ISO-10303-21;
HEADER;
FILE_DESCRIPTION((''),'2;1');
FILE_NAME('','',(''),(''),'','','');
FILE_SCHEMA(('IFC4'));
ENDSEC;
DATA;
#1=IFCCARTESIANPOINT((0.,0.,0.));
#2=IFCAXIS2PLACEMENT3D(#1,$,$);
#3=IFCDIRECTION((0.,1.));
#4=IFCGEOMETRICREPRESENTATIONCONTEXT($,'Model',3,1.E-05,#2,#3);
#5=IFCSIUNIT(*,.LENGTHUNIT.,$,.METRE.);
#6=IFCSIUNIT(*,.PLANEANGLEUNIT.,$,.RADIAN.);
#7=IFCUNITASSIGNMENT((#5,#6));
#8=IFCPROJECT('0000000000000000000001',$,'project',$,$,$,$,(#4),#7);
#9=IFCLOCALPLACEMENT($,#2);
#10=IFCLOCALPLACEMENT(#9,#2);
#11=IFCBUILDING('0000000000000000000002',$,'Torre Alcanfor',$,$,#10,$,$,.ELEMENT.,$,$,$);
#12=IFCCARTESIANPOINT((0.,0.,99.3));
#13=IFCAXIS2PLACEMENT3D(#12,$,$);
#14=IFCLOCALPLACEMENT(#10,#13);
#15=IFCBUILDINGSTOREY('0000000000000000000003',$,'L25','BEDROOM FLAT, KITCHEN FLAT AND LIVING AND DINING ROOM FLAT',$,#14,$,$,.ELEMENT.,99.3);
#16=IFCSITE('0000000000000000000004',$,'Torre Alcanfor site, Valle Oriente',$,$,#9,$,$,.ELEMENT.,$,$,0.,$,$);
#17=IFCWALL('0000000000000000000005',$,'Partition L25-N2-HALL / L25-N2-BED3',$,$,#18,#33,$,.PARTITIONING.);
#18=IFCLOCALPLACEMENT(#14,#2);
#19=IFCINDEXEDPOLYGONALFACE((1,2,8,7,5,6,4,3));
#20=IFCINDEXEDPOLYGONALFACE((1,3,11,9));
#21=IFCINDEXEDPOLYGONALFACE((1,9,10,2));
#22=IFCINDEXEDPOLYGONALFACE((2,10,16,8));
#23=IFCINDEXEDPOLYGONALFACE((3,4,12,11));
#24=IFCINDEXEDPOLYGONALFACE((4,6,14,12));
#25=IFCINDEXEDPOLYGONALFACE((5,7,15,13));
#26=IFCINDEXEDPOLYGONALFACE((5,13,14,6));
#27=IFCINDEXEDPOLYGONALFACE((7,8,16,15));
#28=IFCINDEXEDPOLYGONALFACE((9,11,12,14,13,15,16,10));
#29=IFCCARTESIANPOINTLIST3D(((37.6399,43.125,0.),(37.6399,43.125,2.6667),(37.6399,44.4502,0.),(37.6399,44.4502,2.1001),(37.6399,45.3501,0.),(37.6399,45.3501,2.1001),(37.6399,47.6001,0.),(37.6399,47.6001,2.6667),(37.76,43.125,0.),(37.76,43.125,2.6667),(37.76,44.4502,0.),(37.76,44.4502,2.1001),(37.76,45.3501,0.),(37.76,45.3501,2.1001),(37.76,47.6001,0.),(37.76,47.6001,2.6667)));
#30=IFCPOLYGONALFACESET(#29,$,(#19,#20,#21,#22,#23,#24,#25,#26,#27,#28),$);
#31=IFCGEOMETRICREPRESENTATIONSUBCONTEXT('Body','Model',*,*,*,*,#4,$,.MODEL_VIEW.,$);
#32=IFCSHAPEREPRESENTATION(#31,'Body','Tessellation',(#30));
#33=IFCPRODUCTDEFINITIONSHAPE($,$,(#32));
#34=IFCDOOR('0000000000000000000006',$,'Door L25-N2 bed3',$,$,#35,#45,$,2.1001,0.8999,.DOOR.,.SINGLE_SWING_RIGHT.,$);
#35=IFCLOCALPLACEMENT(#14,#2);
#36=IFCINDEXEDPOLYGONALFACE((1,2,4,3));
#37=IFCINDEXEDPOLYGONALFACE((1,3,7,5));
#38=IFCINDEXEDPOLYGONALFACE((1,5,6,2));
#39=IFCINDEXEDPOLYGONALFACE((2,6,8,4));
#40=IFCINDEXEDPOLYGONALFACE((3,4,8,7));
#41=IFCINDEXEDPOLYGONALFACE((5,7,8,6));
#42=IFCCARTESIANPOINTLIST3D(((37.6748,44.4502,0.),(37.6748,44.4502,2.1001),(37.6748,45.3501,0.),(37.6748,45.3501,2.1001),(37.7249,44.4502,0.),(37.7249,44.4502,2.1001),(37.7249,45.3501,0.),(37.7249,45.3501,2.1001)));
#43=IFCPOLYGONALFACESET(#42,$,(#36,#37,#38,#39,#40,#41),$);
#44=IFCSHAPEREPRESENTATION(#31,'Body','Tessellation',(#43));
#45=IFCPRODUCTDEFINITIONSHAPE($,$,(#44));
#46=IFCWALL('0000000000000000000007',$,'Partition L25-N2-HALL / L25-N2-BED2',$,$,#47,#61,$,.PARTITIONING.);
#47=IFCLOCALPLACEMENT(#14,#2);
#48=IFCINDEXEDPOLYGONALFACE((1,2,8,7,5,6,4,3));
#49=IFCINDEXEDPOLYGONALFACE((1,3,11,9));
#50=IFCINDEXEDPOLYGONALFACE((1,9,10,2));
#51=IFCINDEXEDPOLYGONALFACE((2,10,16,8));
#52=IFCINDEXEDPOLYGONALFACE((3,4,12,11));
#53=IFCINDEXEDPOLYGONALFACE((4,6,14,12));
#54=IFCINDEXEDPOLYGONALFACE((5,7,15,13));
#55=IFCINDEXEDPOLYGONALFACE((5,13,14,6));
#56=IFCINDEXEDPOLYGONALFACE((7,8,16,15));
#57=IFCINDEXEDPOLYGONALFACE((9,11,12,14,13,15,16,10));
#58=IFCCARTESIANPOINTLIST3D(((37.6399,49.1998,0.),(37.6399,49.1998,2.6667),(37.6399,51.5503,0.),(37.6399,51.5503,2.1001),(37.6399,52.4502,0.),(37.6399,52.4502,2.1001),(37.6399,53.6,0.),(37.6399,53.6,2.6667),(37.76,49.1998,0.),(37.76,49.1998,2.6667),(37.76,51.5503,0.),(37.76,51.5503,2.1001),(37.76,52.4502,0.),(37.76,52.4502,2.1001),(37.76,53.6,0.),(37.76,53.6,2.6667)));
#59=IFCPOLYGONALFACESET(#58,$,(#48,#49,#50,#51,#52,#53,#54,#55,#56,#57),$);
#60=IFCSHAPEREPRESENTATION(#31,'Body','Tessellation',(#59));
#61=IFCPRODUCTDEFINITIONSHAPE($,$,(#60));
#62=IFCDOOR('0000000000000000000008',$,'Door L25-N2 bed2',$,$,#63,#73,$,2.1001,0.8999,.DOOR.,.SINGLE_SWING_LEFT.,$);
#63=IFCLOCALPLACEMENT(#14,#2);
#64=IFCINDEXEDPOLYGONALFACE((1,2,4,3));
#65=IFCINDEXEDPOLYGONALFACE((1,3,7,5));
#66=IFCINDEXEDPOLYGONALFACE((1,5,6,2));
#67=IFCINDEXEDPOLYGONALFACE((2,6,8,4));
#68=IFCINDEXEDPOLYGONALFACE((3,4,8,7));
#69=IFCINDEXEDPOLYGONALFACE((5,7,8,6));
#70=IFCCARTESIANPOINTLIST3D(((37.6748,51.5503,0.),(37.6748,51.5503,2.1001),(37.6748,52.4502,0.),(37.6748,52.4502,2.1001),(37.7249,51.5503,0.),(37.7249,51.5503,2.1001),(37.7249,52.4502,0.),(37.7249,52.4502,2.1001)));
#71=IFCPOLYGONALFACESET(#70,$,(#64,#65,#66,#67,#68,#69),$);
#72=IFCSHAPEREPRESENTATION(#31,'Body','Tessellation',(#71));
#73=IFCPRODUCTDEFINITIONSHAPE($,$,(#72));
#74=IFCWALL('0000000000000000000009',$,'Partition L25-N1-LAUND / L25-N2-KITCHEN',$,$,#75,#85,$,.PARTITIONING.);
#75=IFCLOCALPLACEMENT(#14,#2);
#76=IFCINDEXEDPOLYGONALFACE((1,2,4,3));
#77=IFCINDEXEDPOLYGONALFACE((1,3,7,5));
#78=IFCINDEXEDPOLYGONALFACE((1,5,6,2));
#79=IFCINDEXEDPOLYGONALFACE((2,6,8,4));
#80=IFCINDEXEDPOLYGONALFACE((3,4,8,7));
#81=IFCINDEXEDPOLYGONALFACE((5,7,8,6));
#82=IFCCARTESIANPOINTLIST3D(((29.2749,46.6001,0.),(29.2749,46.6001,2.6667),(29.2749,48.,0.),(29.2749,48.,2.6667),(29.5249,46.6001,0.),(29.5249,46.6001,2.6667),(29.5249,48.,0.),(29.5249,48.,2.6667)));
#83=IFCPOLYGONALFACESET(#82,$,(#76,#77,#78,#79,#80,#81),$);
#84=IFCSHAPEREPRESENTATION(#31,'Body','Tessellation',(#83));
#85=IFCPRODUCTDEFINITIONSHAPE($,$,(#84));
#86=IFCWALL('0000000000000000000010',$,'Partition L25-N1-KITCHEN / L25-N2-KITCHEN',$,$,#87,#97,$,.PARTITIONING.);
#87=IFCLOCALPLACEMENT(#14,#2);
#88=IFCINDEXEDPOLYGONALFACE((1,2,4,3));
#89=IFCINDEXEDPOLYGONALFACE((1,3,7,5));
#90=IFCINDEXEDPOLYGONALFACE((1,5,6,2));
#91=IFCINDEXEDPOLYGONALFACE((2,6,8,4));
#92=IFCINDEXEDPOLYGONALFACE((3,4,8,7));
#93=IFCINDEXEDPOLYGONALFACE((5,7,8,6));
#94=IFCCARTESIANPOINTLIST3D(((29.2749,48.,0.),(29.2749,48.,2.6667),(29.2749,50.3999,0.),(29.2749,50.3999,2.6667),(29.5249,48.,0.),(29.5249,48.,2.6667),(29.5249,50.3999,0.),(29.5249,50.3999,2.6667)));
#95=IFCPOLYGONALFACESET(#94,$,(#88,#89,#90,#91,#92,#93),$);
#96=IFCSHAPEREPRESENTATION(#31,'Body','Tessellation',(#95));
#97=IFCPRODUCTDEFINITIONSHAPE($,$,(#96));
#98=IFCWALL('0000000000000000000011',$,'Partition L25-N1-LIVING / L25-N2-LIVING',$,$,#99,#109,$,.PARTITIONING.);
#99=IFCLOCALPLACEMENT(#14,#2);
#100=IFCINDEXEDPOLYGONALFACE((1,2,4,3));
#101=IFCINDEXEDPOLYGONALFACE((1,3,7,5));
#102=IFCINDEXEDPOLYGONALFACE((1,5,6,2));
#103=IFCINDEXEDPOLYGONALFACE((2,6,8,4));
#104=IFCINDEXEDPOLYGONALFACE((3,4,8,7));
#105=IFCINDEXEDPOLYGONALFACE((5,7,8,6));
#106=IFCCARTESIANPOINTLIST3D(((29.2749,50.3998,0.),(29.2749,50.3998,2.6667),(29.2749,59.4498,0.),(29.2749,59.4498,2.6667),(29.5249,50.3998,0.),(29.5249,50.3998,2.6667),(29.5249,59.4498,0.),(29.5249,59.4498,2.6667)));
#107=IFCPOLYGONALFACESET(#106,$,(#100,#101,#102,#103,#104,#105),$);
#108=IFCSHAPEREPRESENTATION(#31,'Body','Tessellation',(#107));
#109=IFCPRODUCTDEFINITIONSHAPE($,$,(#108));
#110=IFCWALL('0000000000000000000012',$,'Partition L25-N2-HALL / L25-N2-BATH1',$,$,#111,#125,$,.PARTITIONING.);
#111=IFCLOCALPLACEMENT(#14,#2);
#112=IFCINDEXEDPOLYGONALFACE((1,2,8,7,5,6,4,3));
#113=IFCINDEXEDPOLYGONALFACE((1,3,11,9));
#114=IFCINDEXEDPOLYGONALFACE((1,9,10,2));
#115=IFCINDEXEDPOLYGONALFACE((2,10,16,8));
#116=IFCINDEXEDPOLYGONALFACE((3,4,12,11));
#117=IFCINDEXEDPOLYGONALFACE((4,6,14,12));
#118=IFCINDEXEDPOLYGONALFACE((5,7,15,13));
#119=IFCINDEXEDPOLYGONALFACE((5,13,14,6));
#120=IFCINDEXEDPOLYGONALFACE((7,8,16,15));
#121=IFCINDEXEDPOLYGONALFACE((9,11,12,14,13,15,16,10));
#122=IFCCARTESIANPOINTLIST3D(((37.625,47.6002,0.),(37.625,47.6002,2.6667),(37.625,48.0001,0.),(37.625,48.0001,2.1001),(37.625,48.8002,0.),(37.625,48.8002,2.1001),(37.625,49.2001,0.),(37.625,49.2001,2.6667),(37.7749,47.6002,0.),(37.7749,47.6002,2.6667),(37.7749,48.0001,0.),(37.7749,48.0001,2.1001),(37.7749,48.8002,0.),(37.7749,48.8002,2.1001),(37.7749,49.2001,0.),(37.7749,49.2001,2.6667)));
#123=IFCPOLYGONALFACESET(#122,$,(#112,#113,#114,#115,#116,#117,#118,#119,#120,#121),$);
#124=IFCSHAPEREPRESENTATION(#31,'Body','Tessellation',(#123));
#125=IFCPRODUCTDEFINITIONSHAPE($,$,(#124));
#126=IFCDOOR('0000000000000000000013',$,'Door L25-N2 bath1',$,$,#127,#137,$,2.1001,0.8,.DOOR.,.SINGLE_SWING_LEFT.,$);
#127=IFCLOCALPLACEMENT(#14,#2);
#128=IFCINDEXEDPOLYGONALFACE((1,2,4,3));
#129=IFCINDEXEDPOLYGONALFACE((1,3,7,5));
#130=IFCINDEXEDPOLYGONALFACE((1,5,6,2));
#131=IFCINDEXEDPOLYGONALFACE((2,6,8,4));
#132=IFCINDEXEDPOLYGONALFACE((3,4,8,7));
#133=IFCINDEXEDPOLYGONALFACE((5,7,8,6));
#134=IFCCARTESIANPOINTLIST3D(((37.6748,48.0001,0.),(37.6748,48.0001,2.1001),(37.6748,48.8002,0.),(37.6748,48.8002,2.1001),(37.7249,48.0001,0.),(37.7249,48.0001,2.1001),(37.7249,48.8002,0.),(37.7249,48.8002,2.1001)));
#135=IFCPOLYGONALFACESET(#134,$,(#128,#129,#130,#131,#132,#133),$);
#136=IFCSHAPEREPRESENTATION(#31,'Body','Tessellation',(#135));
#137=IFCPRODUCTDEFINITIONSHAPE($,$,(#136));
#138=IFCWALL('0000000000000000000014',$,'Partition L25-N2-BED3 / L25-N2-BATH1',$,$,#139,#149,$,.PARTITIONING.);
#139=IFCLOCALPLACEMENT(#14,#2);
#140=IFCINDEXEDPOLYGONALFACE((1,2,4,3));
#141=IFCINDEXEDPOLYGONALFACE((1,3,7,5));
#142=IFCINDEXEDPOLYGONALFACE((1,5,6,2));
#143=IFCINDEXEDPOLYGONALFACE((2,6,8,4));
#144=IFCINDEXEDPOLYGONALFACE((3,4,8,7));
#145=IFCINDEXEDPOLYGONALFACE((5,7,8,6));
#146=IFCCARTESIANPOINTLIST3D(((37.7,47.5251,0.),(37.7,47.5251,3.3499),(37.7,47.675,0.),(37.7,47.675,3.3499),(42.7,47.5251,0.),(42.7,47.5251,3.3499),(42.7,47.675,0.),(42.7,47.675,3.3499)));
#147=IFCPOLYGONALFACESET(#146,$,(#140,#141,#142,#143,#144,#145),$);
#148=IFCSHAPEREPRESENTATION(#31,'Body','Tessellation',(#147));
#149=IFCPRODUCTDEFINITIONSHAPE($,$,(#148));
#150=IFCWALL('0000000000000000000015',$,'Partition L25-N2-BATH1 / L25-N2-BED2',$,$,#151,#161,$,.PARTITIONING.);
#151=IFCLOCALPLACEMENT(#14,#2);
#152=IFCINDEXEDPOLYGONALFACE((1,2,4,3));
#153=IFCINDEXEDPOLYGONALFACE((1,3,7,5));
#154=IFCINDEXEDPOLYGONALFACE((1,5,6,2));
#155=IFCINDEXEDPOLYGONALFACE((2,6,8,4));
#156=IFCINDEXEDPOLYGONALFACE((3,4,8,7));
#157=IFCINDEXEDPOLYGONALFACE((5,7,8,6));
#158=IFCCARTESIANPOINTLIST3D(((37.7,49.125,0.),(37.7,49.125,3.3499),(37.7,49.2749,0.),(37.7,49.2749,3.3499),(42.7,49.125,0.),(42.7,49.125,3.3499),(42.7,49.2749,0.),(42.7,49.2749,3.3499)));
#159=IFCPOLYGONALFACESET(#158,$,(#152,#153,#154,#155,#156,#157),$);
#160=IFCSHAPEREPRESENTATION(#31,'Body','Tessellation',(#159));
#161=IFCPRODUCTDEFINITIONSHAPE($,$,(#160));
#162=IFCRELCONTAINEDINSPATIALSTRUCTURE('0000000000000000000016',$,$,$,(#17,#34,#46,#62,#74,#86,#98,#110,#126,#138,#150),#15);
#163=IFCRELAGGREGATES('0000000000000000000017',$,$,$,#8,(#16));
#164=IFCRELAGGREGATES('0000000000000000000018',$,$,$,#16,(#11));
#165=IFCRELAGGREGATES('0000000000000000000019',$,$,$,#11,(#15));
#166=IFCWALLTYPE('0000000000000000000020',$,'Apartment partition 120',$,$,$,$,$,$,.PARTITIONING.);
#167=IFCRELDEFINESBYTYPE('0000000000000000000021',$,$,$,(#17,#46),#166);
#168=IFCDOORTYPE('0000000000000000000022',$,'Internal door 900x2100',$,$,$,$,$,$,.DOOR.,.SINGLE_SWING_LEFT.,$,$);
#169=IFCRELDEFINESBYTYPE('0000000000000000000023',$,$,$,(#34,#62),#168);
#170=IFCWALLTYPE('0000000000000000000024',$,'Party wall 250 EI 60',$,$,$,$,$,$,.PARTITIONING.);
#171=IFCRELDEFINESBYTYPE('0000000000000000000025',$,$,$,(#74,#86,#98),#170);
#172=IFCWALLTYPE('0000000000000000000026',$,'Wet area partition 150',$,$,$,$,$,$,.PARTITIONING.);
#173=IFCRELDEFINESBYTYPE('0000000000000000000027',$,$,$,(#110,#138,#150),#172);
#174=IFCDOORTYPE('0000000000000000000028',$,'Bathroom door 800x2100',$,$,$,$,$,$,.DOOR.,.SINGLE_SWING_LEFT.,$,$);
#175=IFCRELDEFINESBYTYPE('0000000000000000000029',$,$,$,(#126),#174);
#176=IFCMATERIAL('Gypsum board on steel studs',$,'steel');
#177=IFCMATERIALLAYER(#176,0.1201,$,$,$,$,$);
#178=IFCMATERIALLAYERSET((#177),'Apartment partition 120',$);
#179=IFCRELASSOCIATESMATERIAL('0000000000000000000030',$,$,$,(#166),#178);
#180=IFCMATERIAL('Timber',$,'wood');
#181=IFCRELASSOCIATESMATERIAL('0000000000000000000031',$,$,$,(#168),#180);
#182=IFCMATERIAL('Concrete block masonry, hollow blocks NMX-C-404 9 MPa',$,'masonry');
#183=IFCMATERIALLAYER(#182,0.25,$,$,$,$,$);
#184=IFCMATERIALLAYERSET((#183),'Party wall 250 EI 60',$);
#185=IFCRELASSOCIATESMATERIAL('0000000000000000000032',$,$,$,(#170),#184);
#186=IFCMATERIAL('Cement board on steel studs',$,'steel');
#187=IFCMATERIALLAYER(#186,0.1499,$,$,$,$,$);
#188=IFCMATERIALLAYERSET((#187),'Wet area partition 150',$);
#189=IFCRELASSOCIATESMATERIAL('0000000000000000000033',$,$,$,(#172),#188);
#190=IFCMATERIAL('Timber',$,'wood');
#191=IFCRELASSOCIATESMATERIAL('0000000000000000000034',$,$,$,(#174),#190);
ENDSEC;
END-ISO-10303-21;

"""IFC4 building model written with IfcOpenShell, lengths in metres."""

from ifc_helpers import new_model, si_unit, direction, frame, frame_2d, origin, place, context, subcontext, project, spatial, rectangle, extrude, material, layer, layer_set, type_object, element, fill, save


model = new_model("IFC4")

# Units and contexts
model_context = context("Model", 3, precision=1e-05, world=origin(), true_north=direction((0.0, 1.0)))
body_context = subcontext(model_context, "Body", "Model", "MODEL_VIEW")
ifc_project = project(units=[si_unit("LENGTHUNIT", "METRE"), si_unit("PLANEANGLEUNIT", "RADIAN")], contexts=[model_context])

# Site, building, storey
site_placement = place(None, origin())
site = spatial("IfcSite", under=ifc_project, at=site_placement, Name="Torre Alcanfor site, Valle Oriente", CompositionType="ELEMENT", RefElevation=0.0)
building_placement = place(site_placement, origin())
building = spatial("IfcBuilding", under=site, at=building_placement, Name="Torre Alcanfor", CompositionType="ELEMENT")
storey_placement = place(building_placement, frame((0.0, 0.0, 99.3)))
storey = spatial("IfcBuildingStorey", under=building, at=storey_placement, Name="L25", Description="BEDROOM FLAT, KITCHEN FLAT AND LIVING AND DINING ROOM FLAT", CompositionType="ELEMENT", Elevation=99.3)

# Shared definitions
ifc_material_1 = material(Name="Gypsum board on steel studs", Category="steel")
ifc_layer_1 = layer(ifc_material_1, 0.1201)
ifc_layer_set_1 = layer_set([ifc_layer_1], Name="Apartment partition 120")
wall_type_1 = type_object("IfcWallType", Name="Apartment partition 120", PredefinedType="PARTITIONING", material=ifc_layer_set_1)

# Walls, openings, doors
ifc_material_2 = material(Name="Timber", Category="wood")
door_type_1 = type_object("IfcDoorType", Name="Internal door 900x2100", OperationType="SINGLE_SWING_LEFT", PredefinedType="DOOR", material=ifc_material_2)
wall_1_placement = place(storey_placement, frame((37.7, 47.6001, 0.0), z_axis=(0.0, 0.0, 1.0), x_axis=(0.0, -1.0, 0.0)))
wall_1 = element("IfcWall", 1, at=wall_1_placement, inside=storey, type_object=wall_type_1, Name="Partition L25-N2-HALL / L25-N2-BED3", PredefinedType="PARTITIONING", context=body_context, shape_type="SweptSolid", body=[
    extrude(rectangle(XDim=4.4751, YDim=0.1201, at=frame_2d((2.2375, 0.0))), origin(), (0.0, 0.0, 1.0), 2.6667),
])
opening_1_placement = place(wall_1_placement, frame((2.25, 0.0, 0.0)))
opening_1 = element("IfcOpeningElement", 2, at=opening_1_placement, cuts=wall_1, PredefinedType="OPENING", context=body_context, shape_type="SweptSolid", body=[
    extrude(rectangle(XDim=0.8999, YDim=2.1001, at=frame_2d((0.45, 1.05))), frame((0.0, 0.0701, 0.0), z_axis=(0.0, -1.0, 0.0), x_axis=(1.0, 0.0, 0.0)), (0.0, 0.0, 1.0), 0.1401),
])
door_1_placement = place(opening_1_placement, origin())
door_1 = element("IfcDoor", 3, at=door_1_placement, inside=storey, type_object=door_type_1, Name="Door L25-N2 bed3", OperationType="SINGLE_SWING_RIGHT", OverallHeight=2.1001, OverallWidth=0.8999, PredefinedType="DOOR", context=body_context, shape_type="SweptSolid", body=[
    extrude(rectangle(XDim=0.8999, YDim=2.1001, at=frame_2d((0.45, 1.05))), frame((0.0, 0.0249, 0.0), z_axis=(0.0, -1.0, 0.0), x_axis=(1.0, 0.0, 0.0)), (0.0, 0.0, 1.0), 0.05),
])
fill(opening_1, door_1)
wall_2_placement = place(storey_placement, frame((37.7, 53.6001, 0.0), z_axis=(0.0, 0.0, 1.0), x_axis=(0.0, -1.0, 0.0)))
wall_2 = element("IfcWall", 4, at=wall_2_placement, inside=storey, type_object=wall_type_1, Name="Partition L25-N2-HALL / L25-N2-BED2", PredefinedType="PARTITIONING", context=body_context, shape_type="SweptSolid", body=[
    extrude(rectangle(XDim=4.4001, YDim=0.1201, at=frame_2d((2.2002, 0.0))), origin(), (0.0, 0.0, 1.0), 2.6667),
])
opening_2_placement = place(wall_2_placement, frame((1.1499, 0.0, 0.0)))
opening_2 = element("IfcOpeningElement", 5, at=opening_2_placement, cuts=wall_2, PredefinedType="OPENING", context=body_context, shape_type="SweptSolid", body=[
    extrude(rectangle(XDim=0.8999, YDim=2.1001, at=frame_2d((0.45, 1.05))), frame((0.0, 0.0701, 0.0), z_axis=(0.0, -1.0, 0.0), x_axis=(1.0, 0.0, 0.0)), (0.0, 0.0, 1.0), 0.1401),
])
door_2_placement = place(opening_2_placement, origin())
door_2 = element("IfcDoor", 6, at=door_2_placement, inside=storey, type_object=door_type_1, Name="Door L25-N2 bed2", OperationType="SINGLE_SWING_LEFT", OverallHeight=2.1001, OverallWidth=0.8999, PredefinedType="DOOR", context=body_context, shape_type="SweptSolid", body=[
    extrude(rectangle(XDim=0.8999, YDim=2.1001, at=frame_2d((0.45, 1.05))), frame((0.0, 0.0249, 0.0), z_axis=(0.0, -1.0, 0.0), x_axis=(1.0, 0.0, 0.0)), (0.0, 0.0, 1.0), 0.05),
])
fill(opening_2, door_2)

# Walls
ifc_material_3 = material(Name="Concrete block masonry, hollow blocks NMX-C-404 9 MPa", Category="masonry")
ifc_layer_2 = layer(ifc_material_3, 0.25)
ifc_layer_set_2 = layer_set([ifc_layer_2], Name="Party wall 250 EI 60")
wall_type_2 = type_object("IfcWallType", Name="Party wall 250 EI 60", PredefinedType="PARTITIONING", material=ifc_layer_set_2)
wall_3_placement = place(storey_placement, frame((29.3999, 46.6001, 0.0), z_axis=(0.0, 0.0, 1.0), x_axis=(0.0, 1.0, 0.0)))
element("IfcWall", 7, at=wall_3_placement, inside=storey, type_object=wall_type_2, Name="Partition L25-N1-LAUND / L25-N2-KITCHEN", PredefinedType="PARTITIONING", context=body_context, shape_type="SweptSolid", body=[
    extrude(rectangle(XDim=1.3999, YDim=0.25, at=frame_2d((0.7, 0.0))), origin(), (0.0, 0.0, 1.0), 2.6667),
])
wall_4_placement = place(storey_placement, frame((29.3999, 48.0, 0.0), z_axis=(0.0, 0.0, 1.0), x_axis=(0.0, 1.0, 0.0)))
element("IfcWall", 8, at=wall_4_placement, inside=storey, type_object=wall_type_2, Name="Partition L25-N1-KITCHEN / L25-N2-KITCHEN", PredefinedType="PARTITIONING", context=body_context, shape_type="SweptSolid", body=[
    extrude(rectangle(XDim=2.3999, YDim=0.25, at=frame_2d((1.2, 0.0))), origin(), (0.0, 0.0, 1.0), 2.6667),
])
wall_5_placement = place(storey_placement, frame((29.3999, 50.3999, 0.0), z_axis=(0.0, 0.0, 1.0), x_axis=(0.0, 1.0, 0.0)))
element("IfcWall", 9, at=wall_5_placement, inside=storey, type_object=wall_type_2, Name="Partition L25-N1-LIVING / L25-N2-LIVING", PredefinedType="PARTITIONING", context=body_context, shape_type="SweptSolid", body=[
    extrude(rectangle(XDim=9.05, YDim=0.25, at=frame_2d((4.5249, 0.0))), origin(), (0.0, 0.0, 1.0), 2.6667),
])

# Wall, opening, door
ifc_material_4 = material(Name="Cement board on steel studs", Category="steel")
ifc_layer_3 = layer(ifc_material_4, 0.1499)
ifc_layer_set_3 = layer_set([ifc_layer_3], Name="Wet area partition 150")
wall_type_3 = type_object("IfcWallType", Name="Wet area partition 150", PredefinedType="PARTITIONING", material=ifc_layer_set_3)
wall_6_placement = place(storey_placement, frame((37.7, 49.2, 0.0), z_axis=(0.0, 0.0, 1.0), x_axis=(0.0, -1.0, 0.0)))
wall_6 = element("IfcWall", 10, at=wall_6_placement, inside=storey, type_object=wall_type_3, Name="Partition L25-N2-HALL / L25-N2-BATH1", PredefinedType="PARTITIONING", context=body_context, shape_type="SweptSolid", body=[
    extrude(rectangle(XDim=1.5999, YDim=0.1499, at=frame_2d((0.7998, 0.0))), origin(), (0.0, 0.0, 1.0), 2.6667),
])
opening_3_placement = place(wall_6_placement, frame((0.3999, 0.0, 0.0)))
opening_3 = element("IfcOpeningElement", 11, at=opening_3_placement, cuts=wall_6, PredefinedType="OPENING", context=body_context, shape_type="SweptSolid", body=[
    extrude(rectangle(XDim=0.8, YDim=2.1001, at=frame_2d((0.3999, 1.05))), frame((0.0, 0.085, 0.0), z_axis=(0.0, -1.0, 0.0), x_axis=(1.0, 0.0, 0.0)), (0.0, 0.0, 1.0), 0.1699),
])
ifc_material_5 = material(Name="Timber", Category="wood")
door_type_2 = type_object("IfcDoorType", Name="Bathroom door 800x2100", OperationType="SINGLE_SWING_LEFT", PredefinedType="DOOR", material=ifc_material_5)
door_3_placement = place(opening_3_placement, origin())
door_3 = element("IfcDoor", 12, at=door_3_placement, inside=storey, type_object=door_type_2, Name="Door L25-N2 bath1", OperationType="SINGLE_SWING_LEFT", OverallHeight=2.1001, OverallWidth=0.8, PredefinedType="DOOR", context=body_context, shape_type="SweptSolid", body=[
    extrude(rectangle(XDim=0.8, YDim=2.1001, at=frame_2d((0.3999, 1.05))), frame((0.0, 0.0249, 0.0), z_axis=(0.0, -1.0, 0.0), x_axis=(1.0, 0.0, 0.0)), (0.0, 0.0, 1.0), 0.05),
])
fill(opening_3, door_3)

# Walls
for number, where, z_axis, x_axis, name in (
    (13, (37.7, 47.6001, 0.0), (0.0, 0.0, 1.0), (1.0, 0.0, 0.0), "Partition L25-N2-BED3 / L25-N2-BATH1"),
    (14, (37.7, 49.2, 0.0), (0.0, 0.0, 1.0), (1.0, 0.0, 0.0), "Partition L25-N2-BATH1 / L25-N2-BED2"),
):
    element("IfcWall", number, at=place(storey_placement, frame(where, z_axis=z_axis, x_axis=x_axis)), inside=storey, type_object=wall_type_3, Name=name, PredefinedType="PARTITIONING", context=body_context, shape_type="SweptSolid", body=[
        extrude(rectangle(XDim=5.0, YDim=0.1499, at=frame_2d((2.5, 0.0))), origin(), (0.0, 0.0, 1.0), 3.3499),
    ])

save(model, "model.ifc")
